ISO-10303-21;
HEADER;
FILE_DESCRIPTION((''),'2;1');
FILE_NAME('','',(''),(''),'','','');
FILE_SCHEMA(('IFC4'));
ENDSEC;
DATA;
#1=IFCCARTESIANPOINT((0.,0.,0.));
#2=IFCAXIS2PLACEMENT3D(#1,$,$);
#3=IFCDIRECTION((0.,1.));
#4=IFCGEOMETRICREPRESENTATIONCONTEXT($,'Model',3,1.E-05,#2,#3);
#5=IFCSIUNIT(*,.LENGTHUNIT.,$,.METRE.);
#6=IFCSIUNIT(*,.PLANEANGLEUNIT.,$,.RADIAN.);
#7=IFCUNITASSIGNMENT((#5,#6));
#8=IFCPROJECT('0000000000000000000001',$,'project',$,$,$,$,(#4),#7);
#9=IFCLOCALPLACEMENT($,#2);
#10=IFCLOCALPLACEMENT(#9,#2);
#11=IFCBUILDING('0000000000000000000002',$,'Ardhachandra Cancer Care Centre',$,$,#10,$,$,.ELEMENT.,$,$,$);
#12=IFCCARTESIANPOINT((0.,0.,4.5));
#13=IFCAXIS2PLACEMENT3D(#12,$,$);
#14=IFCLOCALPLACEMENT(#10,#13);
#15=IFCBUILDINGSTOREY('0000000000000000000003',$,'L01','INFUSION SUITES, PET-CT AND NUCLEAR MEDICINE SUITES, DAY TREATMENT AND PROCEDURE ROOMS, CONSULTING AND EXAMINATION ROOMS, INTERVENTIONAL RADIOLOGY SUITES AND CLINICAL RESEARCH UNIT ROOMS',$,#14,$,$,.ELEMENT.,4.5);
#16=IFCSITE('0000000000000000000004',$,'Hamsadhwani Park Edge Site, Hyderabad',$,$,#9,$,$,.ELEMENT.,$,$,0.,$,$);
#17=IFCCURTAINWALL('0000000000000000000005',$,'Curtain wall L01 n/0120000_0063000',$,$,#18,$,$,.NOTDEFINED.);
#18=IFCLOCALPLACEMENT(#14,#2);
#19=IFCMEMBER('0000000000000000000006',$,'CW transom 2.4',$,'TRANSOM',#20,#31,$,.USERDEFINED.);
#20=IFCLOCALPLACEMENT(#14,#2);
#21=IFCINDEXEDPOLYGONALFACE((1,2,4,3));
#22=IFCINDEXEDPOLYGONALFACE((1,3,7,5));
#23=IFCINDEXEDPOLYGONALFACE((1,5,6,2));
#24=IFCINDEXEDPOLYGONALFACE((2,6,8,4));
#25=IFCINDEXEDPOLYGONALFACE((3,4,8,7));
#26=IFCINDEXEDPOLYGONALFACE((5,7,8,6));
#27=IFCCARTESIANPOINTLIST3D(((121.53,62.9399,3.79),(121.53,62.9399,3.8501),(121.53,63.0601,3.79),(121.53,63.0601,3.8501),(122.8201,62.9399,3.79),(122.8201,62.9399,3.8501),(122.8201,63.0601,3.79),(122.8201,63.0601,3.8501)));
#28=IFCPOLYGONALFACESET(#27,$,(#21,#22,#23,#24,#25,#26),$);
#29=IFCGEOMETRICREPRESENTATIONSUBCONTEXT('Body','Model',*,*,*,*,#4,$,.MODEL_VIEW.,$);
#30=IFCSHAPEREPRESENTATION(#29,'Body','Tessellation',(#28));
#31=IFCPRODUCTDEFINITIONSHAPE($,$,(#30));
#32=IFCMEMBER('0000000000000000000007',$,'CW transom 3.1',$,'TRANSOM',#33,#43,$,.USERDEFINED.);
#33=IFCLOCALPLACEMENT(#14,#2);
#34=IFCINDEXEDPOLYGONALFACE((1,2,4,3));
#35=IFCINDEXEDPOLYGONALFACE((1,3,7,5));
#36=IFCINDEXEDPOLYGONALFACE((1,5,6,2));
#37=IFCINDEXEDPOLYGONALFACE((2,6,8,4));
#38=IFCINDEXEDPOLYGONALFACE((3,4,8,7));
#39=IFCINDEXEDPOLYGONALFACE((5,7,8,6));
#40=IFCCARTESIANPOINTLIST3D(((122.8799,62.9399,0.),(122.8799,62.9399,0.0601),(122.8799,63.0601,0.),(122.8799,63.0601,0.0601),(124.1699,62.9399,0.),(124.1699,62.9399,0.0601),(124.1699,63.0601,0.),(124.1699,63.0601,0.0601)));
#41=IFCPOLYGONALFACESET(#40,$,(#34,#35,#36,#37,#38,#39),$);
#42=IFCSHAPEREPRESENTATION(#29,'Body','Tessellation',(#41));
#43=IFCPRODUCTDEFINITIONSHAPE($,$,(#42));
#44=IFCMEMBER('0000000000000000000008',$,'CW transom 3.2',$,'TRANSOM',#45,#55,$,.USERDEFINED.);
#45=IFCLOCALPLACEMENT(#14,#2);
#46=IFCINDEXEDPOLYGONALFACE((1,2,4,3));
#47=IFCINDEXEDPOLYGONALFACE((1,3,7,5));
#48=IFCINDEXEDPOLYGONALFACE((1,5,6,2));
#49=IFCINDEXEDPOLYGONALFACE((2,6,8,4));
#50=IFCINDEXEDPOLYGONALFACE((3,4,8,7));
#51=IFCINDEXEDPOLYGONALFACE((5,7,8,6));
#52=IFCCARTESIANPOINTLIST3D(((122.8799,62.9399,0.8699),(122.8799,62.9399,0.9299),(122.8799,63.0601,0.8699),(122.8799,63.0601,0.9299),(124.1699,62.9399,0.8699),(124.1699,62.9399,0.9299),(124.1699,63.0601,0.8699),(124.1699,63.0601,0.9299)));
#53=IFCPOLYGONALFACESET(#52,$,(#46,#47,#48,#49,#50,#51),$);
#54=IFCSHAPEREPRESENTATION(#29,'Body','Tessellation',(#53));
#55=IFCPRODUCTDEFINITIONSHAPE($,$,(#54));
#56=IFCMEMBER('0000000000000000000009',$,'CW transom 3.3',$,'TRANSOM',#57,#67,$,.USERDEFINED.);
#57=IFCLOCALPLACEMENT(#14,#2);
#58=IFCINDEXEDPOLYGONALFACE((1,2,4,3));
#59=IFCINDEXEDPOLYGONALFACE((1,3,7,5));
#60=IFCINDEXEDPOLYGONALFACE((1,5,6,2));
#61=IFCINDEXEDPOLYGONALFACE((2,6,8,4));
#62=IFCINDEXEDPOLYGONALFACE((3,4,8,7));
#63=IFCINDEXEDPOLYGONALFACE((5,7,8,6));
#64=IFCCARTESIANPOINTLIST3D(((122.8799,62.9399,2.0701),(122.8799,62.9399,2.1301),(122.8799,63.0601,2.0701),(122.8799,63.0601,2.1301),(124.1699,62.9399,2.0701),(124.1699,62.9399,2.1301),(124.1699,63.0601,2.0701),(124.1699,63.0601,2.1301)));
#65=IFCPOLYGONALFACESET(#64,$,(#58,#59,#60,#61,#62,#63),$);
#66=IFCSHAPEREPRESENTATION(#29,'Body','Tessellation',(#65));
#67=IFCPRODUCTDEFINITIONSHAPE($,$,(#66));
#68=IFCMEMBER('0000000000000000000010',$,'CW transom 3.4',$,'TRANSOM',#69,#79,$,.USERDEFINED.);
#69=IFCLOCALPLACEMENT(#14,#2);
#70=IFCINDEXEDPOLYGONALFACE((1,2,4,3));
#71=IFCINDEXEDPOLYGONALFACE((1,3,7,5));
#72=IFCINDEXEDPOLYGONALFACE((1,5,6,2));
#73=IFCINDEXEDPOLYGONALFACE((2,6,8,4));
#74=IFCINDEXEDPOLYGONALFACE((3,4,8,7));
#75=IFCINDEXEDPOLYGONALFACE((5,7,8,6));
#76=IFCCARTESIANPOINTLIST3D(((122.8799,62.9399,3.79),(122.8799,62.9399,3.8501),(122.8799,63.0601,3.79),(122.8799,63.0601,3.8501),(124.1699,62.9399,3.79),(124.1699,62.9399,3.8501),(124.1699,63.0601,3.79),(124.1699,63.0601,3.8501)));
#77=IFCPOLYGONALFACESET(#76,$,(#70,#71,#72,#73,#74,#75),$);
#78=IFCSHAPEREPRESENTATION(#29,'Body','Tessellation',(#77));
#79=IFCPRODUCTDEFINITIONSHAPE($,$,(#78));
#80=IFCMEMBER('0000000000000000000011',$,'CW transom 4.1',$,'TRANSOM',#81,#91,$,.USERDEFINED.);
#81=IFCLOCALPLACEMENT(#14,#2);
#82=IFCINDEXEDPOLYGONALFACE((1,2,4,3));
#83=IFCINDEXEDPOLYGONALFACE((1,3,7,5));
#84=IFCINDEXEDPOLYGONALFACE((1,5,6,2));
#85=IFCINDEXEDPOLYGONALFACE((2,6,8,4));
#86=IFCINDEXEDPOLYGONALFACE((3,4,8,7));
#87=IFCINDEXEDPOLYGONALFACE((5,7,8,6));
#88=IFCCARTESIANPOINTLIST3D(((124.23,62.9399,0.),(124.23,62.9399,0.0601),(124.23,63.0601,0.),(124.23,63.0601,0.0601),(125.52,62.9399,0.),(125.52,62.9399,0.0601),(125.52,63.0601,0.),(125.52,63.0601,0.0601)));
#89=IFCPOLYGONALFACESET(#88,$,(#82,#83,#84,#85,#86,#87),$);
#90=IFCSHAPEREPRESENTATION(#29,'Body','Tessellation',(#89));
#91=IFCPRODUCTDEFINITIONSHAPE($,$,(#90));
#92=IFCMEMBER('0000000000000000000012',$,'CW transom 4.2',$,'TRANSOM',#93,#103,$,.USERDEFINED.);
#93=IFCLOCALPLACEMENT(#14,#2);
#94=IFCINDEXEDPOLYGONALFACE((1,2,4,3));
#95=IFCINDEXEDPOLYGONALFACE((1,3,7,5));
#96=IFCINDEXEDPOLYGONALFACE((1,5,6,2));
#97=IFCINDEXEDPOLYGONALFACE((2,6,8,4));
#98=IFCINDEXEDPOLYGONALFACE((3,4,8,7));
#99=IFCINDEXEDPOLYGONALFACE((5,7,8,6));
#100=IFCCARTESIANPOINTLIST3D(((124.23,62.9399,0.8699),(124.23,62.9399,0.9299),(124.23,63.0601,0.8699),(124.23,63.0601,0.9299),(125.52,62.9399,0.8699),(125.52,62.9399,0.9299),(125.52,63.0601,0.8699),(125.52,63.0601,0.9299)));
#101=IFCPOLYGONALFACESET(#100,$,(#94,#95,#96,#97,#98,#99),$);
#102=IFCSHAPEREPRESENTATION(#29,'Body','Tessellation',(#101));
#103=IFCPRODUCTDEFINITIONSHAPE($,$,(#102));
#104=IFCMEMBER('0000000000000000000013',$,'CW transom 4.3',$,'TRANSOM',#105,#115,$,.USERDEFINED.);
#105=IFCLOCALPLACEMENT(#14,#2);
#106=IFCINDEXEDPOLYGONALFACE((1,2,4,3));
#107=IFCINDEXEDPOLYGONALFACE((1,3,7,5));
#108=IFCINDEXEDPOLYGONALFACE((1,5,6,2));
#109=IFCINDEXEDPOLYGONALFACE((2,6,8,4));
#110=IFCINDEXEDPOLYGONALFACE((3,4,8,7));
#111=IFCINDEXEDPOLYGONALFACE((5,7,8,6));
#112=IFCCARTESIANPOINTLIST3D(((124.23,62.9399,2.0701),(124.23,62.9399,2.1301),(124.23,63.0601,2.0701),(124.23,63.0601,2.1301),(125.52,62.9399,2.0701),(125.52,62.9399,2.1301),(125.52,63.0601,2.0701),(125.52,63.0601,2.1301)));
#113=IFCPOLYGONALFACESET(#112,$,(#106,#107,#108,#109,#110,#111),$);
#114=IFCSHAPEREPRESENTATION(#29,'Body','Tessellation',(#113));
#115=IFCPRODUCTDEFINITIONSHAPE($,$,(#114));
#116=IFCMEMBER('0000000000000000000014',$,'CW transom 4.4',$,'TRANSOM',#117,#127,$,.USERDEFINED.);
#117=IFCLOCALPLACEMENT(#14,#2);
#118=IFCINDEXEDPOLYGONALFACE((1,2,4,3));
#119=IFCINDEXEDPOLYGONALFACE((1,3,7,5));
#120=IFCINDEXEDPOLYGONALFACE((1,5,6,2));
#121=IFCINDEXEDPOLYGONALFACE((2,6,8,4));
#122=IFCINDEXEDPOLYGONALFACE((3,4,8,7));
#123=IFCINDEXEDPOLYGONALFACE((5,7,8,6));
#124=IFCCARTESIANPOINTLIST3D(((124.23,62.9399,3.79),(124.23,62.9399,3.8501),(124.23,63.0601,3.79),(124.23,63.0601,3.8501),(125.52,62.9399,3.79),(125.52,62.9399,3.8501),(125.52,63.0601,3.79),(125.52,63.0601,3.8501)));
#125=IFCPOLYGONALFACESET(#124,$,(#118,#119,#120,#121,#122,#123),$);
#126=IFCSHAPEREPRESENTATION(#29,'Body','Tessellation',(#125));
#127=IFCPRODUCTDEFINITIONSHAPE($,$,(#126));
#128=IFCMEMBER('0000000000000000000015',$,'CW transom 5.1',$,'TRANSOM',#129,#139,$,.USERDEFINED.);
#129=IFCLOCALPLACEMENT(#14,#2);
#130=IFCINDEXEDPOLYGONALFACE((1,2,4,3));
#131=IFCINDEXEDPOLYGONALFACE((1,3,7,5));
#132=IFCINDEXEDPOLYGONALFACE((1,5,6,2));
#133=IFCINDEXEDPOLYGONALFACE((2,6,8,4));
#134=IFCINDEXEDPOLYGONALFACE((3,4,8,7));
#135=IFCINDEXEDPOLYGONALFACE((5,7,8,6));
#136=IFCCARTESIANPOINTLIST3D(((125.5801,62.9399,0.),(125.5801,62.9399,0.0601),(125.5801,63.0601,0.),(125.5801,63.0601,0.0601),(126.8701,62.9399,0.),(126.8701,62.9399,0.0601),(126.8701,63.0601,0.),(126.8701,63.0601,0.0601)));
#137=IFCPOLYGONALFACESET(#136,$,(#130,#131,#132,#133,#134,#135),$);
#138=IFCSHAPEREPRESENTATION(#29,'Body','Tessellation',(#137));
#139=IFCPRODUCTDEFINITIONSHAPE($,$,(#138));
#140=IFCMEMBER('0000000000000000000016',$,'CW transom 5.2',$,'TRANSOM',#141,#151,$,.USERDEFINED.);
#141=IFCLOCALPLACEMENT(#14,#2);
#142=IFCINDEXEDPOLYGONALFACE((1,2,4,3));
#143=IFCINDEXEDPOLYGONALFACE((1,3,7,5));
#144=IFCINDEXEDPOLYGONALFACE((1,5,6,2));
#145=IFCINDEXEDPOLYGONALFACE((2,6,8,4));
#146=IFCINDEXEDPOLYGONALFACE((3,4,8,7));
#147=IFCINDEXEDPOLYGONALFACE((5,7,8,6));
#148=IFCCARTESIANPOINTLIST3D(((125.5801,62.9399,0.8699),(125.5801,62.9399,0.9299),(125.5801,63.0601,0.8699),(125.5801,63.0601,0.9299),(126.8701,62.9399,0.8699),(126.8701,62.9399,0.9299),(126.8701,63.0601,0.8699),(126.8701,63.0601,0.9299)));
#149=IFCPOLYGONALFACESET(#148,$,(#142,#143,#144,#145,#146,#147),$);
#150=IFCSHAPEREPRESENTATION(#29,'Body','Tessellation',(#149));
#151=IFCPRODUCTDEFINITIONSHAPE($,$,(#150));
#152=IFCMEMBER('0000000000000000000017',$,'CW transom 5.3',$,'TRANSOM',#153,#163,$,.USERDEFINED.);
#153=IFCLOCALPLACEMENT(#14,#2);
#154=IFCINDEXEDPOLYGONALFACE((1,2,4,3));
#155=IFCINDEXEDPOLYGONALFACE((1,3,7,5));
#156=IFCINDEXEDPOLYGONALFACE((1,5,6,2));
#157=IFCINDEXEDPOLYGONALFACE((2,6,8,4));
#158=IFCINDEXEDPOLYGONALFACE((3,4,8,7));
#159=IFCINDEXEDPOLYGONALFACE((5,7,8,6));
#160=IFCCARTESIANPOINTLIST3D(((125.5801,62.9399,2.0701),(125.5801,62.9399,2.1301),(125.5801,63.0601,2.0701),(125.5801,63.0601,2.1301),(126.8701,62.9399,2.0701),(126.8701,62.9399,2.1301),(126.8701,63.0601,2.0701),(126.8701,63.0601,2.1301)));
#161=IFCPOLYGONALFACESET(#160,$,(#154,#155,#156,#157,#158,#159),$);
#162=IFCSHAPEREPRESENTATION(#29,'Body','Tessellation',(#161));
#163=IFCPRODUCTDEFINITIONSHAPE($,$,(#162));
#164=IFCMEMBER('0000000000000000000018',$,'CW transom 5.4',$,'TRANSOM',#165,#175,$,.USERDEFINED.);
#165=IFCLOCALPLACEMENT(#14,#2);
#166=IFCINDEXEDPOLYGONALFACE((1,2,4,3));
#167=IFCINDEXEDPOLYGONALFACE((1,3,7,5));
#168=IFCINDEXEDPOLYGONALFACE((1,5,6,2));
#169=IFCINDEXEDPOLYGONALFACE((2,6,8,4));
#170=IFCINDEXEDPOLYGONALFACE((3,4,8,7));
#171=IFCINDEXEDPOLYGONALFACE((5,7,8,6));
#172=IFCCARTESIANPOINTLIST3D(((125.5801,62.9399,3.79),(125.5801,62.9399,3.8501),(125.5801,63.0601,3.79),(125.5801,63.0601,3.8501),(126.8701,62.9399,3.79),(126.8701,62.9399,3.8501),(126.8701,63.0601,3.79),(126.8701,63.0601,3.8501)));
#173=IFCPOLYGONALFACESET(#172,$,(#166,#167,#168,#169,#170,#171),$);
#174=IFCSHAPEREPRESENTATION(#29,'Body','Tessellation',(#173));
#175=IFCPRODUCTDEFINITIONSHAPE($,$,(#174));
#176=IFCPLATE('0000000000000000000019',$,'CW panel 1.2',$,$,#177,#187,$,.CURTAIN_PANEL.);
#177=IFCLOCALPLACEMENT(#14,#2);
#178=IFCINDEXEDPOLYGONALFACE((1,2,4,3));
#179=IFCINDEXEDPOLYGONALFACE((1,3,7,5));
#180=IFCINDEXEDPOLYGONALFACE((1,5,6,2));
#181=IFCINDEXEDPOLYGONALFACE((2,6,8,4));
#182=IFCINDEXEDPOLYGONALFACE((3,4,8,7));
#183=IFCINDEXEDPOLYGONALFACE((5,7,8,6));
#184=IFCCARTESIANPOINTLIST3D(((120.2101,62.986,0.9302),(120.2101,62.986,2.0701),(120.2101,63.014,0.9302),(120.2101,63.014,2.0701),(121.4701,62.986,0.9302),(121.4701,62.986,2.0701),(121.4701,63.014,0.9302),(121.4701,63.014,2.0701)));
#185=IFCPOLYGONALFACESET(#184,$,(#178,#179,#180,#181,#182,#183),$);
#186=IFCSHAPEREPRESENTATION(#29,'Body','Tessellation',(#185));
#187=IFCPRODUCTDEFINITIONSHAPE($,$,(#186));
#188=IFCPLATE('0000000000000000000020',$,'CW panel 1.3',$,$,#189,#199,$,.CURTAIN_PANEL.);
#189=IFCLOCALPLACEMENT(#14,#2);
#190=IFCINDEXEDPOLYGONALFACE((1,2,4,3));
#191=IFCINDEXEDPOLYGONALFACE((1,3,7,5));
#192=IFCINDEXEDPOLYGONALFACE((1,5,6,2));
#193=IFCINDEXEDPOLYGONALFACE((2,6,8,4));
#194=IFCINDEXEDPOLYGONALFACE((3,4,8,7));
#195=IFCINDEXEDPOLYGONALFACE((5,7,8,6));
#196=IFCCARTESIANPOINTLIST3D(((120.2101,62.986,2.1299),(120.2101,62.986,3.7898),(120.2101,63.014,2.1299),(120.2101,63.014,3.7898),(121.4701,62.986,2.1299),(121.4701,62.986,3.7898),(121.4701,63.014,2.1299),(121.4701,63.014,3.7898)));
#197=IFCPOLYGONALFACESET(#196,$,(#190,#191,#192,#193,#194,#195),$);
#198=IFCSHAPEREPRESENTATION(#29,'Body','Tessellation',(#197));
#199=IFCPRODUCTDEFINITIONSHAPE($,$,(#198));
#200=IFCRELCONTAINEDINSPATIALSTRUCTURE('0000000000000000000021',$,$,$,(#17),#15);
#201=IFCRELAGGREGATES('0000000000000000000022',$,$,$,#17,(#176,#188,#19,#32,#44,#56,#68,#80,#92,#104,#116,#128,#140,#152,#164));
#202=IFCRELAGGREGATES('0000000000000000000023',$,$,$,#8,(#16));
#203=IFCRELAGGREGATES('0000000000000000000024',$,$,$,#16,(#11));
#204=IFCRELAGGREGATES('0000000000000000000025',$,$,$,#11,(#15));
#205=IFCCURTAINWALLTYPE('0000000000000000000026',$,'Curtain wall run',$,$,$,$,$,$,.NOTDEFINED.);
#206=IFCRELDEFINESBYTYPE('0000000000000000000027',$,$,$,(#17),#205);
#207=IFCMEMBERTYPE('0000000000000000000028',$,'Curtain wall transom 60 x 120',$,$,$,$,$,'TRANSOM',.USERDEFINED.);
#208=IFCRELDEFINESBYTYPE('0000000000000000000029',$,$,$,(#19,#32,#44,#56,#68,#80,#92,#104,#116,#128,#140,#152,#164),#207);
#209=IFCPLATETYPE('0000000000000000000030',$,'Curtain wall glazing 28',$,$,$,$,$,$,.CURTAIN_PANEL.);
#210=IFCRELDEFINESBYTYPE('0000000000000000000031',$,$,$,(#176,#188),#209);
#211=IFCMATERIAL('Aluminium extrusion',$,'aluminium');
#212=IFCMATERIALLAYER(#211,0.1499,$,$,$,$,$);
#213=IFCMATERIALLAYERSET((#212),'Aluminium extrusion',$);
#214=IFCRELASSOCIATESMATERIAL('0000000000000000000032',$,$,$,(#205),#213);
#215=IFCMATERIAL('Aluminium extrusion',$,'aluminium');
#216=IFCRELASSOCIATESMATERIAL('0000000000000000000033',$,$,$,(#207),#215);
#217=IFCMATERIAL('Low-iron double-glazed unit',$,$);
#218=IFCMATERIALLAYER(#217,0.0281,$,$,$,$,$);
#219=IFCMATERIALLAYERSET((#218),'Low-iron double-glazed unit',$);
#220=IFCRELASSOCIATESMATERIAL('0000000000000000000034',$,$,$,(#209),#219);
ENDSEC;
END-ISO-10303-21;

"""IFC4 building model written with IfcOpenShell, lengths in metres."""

from ifc_helpers import new_model, si_unit, direction, frame, origin, origin_2d, place, context, subcontext, project, spatial, rectangle, extrude, material, layer, layer_set, material_profile, profile_set, type_object, element, aggregate, save


model = new_model("IFC4")

# Units and contexts
model_context = context("Model", 3, precision=1e-05, world=origin(), true_north=direction((0.0, 1.0)))
body_context = subcontext(model_context, "Body", "Model", "MODEL_VIEW")
ifc_project = project(units=[si_unit("LENGTHUNIT", "METRE"), si_unit("PLANEANGLEUNIT", "RADIAN")], contexts=[model_context])

# Site, building, storey
site_placement = place(None, origin())
site = spatial("IfcSite", under=ifc_project, at=site_placement, Name="Hamsadhwani Park Edge Site, Hyderabad", CompositionType="ELEMENT", RefElevation=0.0)
building_placement = place(site_placement, origin())
building = spatial("IfcBuilding", under=site, at=building_placement, Name="Ardhachandra Cancer Care Centre", CompositionType="ELEMENT")
storey_placement = place(building_placement, frame((0.0, 0.0, 4.5)))
storey = spatial("IfcBuildingStorey", under=building, at=storey_placement, Name="L01", Description="INFUSION SUITES, PET-CT AND NUCLEAR MEDICINE SUITES, DAY TREATMENT AND PROCEDURE ROOMS, CONSULTING AND EXAMINATION ROOMS, INTERVENTIONAL RADIOLOGY SUITES AND CLINICAL RESEARCH UNIT ROOMS", CompositionType="ELEMENT", Elevation=4.5)

# Curtain wall, members, plates
ifc_material_1 = material(Name="Aluminium extrusion", Category="aluminium")
ifc_layer_1 = layer(ifc_material_1, 0.1499)
ifc_layer_set_1 = layer_set([ifc_layer_1], Name="Aluminium extrusion")
curtain_wall_type = type_object("IfcCurtainWallType", Name="Curtain wall run", PredefinedType="NOTDEFINED", material=ifc_layer_set_1)
curtain_wall_1_placement = place(storey_placement, origin())
curtain_wall_1 = element("IfcCurtainWall", 1, at=curtain_wall_1_placement, inside=storey, type_object=curtain_wall_type, Name="Curtain wall L01 n/0120000_0063000", PredefinedType="NOTDEFINED")
ifc_material_2 = material(Name="Aluminium extrusion", Category="aluminium")
ifc_material_profile_1 = material_profile(ifc_material_2, rectangle(XDim=0.1201, YDim=0.0601, at=origin_2d()), Name="Curtain wall transom 60 x 120")
ifc_profile_set_1 = profile_set([ifc_material_profile_1], Name="Aluminium extrusion")
member_type_1 = type_object("IfcMemberType", Name="Curtain wall transom 60 x 120", ElementType="TRANSOM", PredefinedType="USERDEFINED", material=ifc_profile_set_1)
member_1_placement = place(storey_placement, frame((121.53, 63.0, 3.8201), z_axis=(1.0, 0.0, 0.0), x_axis=(0.0, 1.0, 0.0)))
member_1 = element("IfcMember", 2, at=member_1_placement, type_object=member_type_1, Name="CW transom 2.4", ObjectType="TRANSOM", PredefinedType="USERDEFINED", context=body_context, shape_type="SweptSolid", body=[
    extrude(rectangle(XDim=0.1201, YDim=0.0601, at=origin_2d()), origin(), (0.0, 0.0, 1.0), 1.29),
])
member_2_placement = place(storey_placement, frame((122.8799, 63.0, 0.03), z_axis=(1.0, 0.0, 0.0), x_axis=(0.0, 1.0, 0.0)))
member_2 = element("IfcMember", 3, at=member_2_placement, type_object=member_type_1, Name="CW transom 3.1", ObjectType="TRANSOM", PredefinedType="USERDEFINED", context=body_context, shape_type="SweptSolid", body=[
    extrude(rectangle(XDim=0.1201, YDim=0.0601, at=origin_2d()), origin(), (0.0, 0.0, 1.0), 1.29),
])
member_3_placement = place(storey_placement, frame((122.8799, 63.0, 0.8999), z_axis=(1.0, 0.0, 0.0), x_axis=(0.0, 1.0, 0.0)))
member_3 = element("IfcMember", 4, at=member_3_placement, type_object=member_type_1, Name="CW transom 3.2", ObjectType="TRANSOM", PredefinedType="USERDEFINED", context=body_context, shape_type="SweptSolid", body=[
    extrude(rectangle(XDim=0.1201, YDim=0.0601, at=origin_2d()), origin(), (0.0, 0.0, 1.0), 1.29),
])
member_4_placement = place(storey_placement, frame((122.8799, 63.0, 2.1001), z_axis=(1.0, 0.0, 0.0), x_axis=(0.0, 1.0, 0.0)))
member_4 = element("IfcMember", 5, at=member_4_placement, type_object=member_type_1, Name="CW transom 3.3", ObjectType="TRANSOM", PredefinedType="USERDEFINED", context=body_context, shape_type="SweptSolid", body=[
    extrude(rectangle(XDim=0.1201, YDim=0.0601, at=origin_2d()), origin(), (0.0, 0.0, 1.0), 1.29),
])
member_5_placement = place(storey_placement, frame((122.8799, 63.0, 3.8201), z_axis=(1.0, 0.0, 0.0), x_axis=(0.0, 1.0, 0.0)))
member_5 = element("IfcMember", 6, at=member_5_placement, type_object=member_type_1, Name="CW transom 3.4", ObjectType="TRANSOM", PredefinedType="USERDEFINED", context=body_context, shape_type="SweptSolid", body=[
    extrude(rectangle(XDim=0.1201, YDim=0.0601, at=origin_2d()), origin(), (0.0, 0.0, 1.0), 1.29),
])
member_6_placement = place(storey_placement, frame((124.23, 63.0, 0.03), z_axis=(1.0, 0.0, 0.0), x_axis=(0.0, 1.0, 0.0)))
member_6 = element("IfcMember", 7, at=member_6_placement, type_object=member_type_1, Name="CW transom 4.1", ObjectType="TRANSOM", PredefinedType="USERDEFINED", context=body_context, shape_type="SweptSolid", body=[
    extrude(rectangle(XDim=0.1201, YDim=0.0601, at=origin_2d()), origin(), (0.0, 0.0, 1.0), 1.29),
])
member_7_placement = place(storey_placement, frame((124.23, 63.0, 0.8999), z_axis=(1.0, 0.0, 0.0), x_axis=(0.0, 1.0, 0.0)))
member_7 = element("IfcMember", 8, at=member_7_placement, type_object=member_type_1, Name="CW transom 4.2", ObjectType="TRANSOM", PredefinedType="USERDEFINED", context=body_context, shape_type="SweptSolid", body=[
    extrude(rectangle(XDim=0.1201, YDim=0.0601, at=origin_2d()), origin(), (0.0, 0.0, 1.0), 1.29),
])
member_8_placement = place(storey_placement, frame((124.23, 63.0, 2.1001), z_axis=(1.0, 0.0, 0.0), x_axis=(0.0, 1.0, 0.0)))
member_8 = element("IfcMember", 9, at=member_8_placement, type_object=member_type_1, Name="CW transom 4.3", ObjectType="TRANSOM", PredefinedType="USERDEFINED", context=body_context, shape_type="SweptSolid", body=[
    extrude(rectangle(XDim=0.1201, YDim=0.0601, at=origin_2d()), origin(), (0.0, 0.0, 1.0), 1.29),
])
member_9_placement = place(storey_placement, frame((124.23, 63.0, 3.8201), z_axis=(1.0, 0.0, 0.0), x_axis=(0.0, 1.0, 0.0)))
member_9 = element("IfcMember", 10, at=member_9_placement, type_object=member_type_1, Name="CW transom 4.4", ObjectType="TRANSOM", PredefinedType="USERDEFINED", context=body_context, shape_type="SweptSolid", body=[
    extrude(rectangle(XDim=0.1201, YDim=0.0601, at=origin_2d()), origin(), (0.0, 0.0, 1.0), 1.29),
])
member_10_placement = place(storey_placement, frame((125.5801, 63.0, 0.03), z_axis=(1.0, 0.0, 0.0), x_axis=(0.0, 1.0, 0.0)))
member_10 = element("IfcMember", 11, at=member_10_placement, type_object=member_type_1, Name="CW transom 5.1", ObjectType="TRANSOM", PredefinedType="USERDEFINED", context=body_context, shape_type="SweptSolid", body=[
    extrude(rectangle(XDim=0.1201, YDim=0.0601, at=origin_2d()), origin(), (0.0, 0.0, 1.0), 1.29),
])
member_11_placement = place(storey_placement, frame((125.5801, 63.0, 0.8999), z_axis=(1.0, 0.0, 0.0), x_axis=(0.0, 1.0, 0.0)))
member_11 = element("IfcMember", 12, at=member_11_placement, type_object=member_type_1, Name="CW transom 5.2", ObjectType="TRANSOM", PredefinedType="USERDEFINED", context=body_context, shape_type="SweptSolid", body=[
    extrude(rectangle(XDim=0.1201, YDim=0.0601, at=origin_2d()), origin(), (0.0, 0.0, 1.0), 1.29),
])
member_12_placement = place(storey_placement, frame((125.5801, 63.0, 2.1001), z_axis=(1.0, 0.0, 0.0), x_axis=(0.0, 1.0, 0.0)))
member_12 = element("IfcMember", 13, at=member_12_placement, type_object=member_type_1, Name="CW transom 5.3", ObjectType="TRANSOM", PredefinedType="USERDEFINED", context=body_context, shape_type="SweptSolid", body=[
    extrude(rectangle(XDim=0.1201, YDim=0.0601, at=origin_2d()), origin(), (0.0, 0.0, 1.0), 1.29),
])
member_13_placement = place(storey_placement, frame((125.5801, 63.0, 3.8201), z_axis=(1.0, 0.0, 0.0), x_axis=(0.0, 1.0, 0.0)))
member_13 = element("IfcMember", 14, at=member_13_placement, type_object=member_type_1, Name="CW transom 5.4", ObjectType="TRANSOM", PredefinedType="USERDEFINED", context=body_context, shape_type="SweptSolid", body=[
    extrude(rectangle(XDim=0.1201, YDim=0.0601, at=origin_2d()), origin(), (0.0, 0.0, 1.0), 1.29),
])
ifc_material_3 = material(Name="Low-iron double-glazed unit")
ifc_layer_2 = layer(ifc_material_3, 0.0281)
ifc_layer_set_2 = layer_set([ifc_layer_2], Name="Low-iron double-glazed unit")
plate_type_1 = type_object("IfcPlateType", Name="Curtain wall glazing 28", PredefinedType="CURTAIN_PANEL", material=ifc_layer_set_2)
plate_1_placement = place(storey_placement, frame((120.8401, 63.0, 0.9302), z_axis=(0.0, 0.0, 1.0), x_axis=(1.0, 0.0, 0.0)))
plate_1 = element("IfcPlate", 15, at=plate_1_placement, type_object=plate_type_1, Name="CW panel 1.2", PredefinedType="CURTAIN_PANEL", context=body_context, shape_type="SweptSolid", body=[
    extrude(rectangle(XDim=1.26, YDim=0.0281, at=origin_2d()), origin(), (0.0, 0.0, 1.0), 1.1399),
])
plate_2_placement = place(storey_placement, frame((120.8401, 63.0, 2.1299), z_axis=(0.0, 0.0, 1.0), x_axis=(1.0, 0.0, 0.0)))
plate_2 = element("IfcPlate", 16, at=plate_2_placement, type_object=plate_type_1, Name="CW panel 1.3", PredefinedType="CURTAIN_PANEL", context=body_context, shape_type="SweptSolid", body=[
    extrude(rectangle(XDim=1.26, YDim=0.0281, at=origin_2d()), origin(), (0.0, 0.0, 1.0), 1.6599),
])

aggregate(curtain_wall_1, [plate_1, plate_2, member_1, member_2, member_3, member_4, member_5, member_6, member_7, member_8, member_9, member_10, member_11, member_12, member_13])

save(model, "model.ifc")
